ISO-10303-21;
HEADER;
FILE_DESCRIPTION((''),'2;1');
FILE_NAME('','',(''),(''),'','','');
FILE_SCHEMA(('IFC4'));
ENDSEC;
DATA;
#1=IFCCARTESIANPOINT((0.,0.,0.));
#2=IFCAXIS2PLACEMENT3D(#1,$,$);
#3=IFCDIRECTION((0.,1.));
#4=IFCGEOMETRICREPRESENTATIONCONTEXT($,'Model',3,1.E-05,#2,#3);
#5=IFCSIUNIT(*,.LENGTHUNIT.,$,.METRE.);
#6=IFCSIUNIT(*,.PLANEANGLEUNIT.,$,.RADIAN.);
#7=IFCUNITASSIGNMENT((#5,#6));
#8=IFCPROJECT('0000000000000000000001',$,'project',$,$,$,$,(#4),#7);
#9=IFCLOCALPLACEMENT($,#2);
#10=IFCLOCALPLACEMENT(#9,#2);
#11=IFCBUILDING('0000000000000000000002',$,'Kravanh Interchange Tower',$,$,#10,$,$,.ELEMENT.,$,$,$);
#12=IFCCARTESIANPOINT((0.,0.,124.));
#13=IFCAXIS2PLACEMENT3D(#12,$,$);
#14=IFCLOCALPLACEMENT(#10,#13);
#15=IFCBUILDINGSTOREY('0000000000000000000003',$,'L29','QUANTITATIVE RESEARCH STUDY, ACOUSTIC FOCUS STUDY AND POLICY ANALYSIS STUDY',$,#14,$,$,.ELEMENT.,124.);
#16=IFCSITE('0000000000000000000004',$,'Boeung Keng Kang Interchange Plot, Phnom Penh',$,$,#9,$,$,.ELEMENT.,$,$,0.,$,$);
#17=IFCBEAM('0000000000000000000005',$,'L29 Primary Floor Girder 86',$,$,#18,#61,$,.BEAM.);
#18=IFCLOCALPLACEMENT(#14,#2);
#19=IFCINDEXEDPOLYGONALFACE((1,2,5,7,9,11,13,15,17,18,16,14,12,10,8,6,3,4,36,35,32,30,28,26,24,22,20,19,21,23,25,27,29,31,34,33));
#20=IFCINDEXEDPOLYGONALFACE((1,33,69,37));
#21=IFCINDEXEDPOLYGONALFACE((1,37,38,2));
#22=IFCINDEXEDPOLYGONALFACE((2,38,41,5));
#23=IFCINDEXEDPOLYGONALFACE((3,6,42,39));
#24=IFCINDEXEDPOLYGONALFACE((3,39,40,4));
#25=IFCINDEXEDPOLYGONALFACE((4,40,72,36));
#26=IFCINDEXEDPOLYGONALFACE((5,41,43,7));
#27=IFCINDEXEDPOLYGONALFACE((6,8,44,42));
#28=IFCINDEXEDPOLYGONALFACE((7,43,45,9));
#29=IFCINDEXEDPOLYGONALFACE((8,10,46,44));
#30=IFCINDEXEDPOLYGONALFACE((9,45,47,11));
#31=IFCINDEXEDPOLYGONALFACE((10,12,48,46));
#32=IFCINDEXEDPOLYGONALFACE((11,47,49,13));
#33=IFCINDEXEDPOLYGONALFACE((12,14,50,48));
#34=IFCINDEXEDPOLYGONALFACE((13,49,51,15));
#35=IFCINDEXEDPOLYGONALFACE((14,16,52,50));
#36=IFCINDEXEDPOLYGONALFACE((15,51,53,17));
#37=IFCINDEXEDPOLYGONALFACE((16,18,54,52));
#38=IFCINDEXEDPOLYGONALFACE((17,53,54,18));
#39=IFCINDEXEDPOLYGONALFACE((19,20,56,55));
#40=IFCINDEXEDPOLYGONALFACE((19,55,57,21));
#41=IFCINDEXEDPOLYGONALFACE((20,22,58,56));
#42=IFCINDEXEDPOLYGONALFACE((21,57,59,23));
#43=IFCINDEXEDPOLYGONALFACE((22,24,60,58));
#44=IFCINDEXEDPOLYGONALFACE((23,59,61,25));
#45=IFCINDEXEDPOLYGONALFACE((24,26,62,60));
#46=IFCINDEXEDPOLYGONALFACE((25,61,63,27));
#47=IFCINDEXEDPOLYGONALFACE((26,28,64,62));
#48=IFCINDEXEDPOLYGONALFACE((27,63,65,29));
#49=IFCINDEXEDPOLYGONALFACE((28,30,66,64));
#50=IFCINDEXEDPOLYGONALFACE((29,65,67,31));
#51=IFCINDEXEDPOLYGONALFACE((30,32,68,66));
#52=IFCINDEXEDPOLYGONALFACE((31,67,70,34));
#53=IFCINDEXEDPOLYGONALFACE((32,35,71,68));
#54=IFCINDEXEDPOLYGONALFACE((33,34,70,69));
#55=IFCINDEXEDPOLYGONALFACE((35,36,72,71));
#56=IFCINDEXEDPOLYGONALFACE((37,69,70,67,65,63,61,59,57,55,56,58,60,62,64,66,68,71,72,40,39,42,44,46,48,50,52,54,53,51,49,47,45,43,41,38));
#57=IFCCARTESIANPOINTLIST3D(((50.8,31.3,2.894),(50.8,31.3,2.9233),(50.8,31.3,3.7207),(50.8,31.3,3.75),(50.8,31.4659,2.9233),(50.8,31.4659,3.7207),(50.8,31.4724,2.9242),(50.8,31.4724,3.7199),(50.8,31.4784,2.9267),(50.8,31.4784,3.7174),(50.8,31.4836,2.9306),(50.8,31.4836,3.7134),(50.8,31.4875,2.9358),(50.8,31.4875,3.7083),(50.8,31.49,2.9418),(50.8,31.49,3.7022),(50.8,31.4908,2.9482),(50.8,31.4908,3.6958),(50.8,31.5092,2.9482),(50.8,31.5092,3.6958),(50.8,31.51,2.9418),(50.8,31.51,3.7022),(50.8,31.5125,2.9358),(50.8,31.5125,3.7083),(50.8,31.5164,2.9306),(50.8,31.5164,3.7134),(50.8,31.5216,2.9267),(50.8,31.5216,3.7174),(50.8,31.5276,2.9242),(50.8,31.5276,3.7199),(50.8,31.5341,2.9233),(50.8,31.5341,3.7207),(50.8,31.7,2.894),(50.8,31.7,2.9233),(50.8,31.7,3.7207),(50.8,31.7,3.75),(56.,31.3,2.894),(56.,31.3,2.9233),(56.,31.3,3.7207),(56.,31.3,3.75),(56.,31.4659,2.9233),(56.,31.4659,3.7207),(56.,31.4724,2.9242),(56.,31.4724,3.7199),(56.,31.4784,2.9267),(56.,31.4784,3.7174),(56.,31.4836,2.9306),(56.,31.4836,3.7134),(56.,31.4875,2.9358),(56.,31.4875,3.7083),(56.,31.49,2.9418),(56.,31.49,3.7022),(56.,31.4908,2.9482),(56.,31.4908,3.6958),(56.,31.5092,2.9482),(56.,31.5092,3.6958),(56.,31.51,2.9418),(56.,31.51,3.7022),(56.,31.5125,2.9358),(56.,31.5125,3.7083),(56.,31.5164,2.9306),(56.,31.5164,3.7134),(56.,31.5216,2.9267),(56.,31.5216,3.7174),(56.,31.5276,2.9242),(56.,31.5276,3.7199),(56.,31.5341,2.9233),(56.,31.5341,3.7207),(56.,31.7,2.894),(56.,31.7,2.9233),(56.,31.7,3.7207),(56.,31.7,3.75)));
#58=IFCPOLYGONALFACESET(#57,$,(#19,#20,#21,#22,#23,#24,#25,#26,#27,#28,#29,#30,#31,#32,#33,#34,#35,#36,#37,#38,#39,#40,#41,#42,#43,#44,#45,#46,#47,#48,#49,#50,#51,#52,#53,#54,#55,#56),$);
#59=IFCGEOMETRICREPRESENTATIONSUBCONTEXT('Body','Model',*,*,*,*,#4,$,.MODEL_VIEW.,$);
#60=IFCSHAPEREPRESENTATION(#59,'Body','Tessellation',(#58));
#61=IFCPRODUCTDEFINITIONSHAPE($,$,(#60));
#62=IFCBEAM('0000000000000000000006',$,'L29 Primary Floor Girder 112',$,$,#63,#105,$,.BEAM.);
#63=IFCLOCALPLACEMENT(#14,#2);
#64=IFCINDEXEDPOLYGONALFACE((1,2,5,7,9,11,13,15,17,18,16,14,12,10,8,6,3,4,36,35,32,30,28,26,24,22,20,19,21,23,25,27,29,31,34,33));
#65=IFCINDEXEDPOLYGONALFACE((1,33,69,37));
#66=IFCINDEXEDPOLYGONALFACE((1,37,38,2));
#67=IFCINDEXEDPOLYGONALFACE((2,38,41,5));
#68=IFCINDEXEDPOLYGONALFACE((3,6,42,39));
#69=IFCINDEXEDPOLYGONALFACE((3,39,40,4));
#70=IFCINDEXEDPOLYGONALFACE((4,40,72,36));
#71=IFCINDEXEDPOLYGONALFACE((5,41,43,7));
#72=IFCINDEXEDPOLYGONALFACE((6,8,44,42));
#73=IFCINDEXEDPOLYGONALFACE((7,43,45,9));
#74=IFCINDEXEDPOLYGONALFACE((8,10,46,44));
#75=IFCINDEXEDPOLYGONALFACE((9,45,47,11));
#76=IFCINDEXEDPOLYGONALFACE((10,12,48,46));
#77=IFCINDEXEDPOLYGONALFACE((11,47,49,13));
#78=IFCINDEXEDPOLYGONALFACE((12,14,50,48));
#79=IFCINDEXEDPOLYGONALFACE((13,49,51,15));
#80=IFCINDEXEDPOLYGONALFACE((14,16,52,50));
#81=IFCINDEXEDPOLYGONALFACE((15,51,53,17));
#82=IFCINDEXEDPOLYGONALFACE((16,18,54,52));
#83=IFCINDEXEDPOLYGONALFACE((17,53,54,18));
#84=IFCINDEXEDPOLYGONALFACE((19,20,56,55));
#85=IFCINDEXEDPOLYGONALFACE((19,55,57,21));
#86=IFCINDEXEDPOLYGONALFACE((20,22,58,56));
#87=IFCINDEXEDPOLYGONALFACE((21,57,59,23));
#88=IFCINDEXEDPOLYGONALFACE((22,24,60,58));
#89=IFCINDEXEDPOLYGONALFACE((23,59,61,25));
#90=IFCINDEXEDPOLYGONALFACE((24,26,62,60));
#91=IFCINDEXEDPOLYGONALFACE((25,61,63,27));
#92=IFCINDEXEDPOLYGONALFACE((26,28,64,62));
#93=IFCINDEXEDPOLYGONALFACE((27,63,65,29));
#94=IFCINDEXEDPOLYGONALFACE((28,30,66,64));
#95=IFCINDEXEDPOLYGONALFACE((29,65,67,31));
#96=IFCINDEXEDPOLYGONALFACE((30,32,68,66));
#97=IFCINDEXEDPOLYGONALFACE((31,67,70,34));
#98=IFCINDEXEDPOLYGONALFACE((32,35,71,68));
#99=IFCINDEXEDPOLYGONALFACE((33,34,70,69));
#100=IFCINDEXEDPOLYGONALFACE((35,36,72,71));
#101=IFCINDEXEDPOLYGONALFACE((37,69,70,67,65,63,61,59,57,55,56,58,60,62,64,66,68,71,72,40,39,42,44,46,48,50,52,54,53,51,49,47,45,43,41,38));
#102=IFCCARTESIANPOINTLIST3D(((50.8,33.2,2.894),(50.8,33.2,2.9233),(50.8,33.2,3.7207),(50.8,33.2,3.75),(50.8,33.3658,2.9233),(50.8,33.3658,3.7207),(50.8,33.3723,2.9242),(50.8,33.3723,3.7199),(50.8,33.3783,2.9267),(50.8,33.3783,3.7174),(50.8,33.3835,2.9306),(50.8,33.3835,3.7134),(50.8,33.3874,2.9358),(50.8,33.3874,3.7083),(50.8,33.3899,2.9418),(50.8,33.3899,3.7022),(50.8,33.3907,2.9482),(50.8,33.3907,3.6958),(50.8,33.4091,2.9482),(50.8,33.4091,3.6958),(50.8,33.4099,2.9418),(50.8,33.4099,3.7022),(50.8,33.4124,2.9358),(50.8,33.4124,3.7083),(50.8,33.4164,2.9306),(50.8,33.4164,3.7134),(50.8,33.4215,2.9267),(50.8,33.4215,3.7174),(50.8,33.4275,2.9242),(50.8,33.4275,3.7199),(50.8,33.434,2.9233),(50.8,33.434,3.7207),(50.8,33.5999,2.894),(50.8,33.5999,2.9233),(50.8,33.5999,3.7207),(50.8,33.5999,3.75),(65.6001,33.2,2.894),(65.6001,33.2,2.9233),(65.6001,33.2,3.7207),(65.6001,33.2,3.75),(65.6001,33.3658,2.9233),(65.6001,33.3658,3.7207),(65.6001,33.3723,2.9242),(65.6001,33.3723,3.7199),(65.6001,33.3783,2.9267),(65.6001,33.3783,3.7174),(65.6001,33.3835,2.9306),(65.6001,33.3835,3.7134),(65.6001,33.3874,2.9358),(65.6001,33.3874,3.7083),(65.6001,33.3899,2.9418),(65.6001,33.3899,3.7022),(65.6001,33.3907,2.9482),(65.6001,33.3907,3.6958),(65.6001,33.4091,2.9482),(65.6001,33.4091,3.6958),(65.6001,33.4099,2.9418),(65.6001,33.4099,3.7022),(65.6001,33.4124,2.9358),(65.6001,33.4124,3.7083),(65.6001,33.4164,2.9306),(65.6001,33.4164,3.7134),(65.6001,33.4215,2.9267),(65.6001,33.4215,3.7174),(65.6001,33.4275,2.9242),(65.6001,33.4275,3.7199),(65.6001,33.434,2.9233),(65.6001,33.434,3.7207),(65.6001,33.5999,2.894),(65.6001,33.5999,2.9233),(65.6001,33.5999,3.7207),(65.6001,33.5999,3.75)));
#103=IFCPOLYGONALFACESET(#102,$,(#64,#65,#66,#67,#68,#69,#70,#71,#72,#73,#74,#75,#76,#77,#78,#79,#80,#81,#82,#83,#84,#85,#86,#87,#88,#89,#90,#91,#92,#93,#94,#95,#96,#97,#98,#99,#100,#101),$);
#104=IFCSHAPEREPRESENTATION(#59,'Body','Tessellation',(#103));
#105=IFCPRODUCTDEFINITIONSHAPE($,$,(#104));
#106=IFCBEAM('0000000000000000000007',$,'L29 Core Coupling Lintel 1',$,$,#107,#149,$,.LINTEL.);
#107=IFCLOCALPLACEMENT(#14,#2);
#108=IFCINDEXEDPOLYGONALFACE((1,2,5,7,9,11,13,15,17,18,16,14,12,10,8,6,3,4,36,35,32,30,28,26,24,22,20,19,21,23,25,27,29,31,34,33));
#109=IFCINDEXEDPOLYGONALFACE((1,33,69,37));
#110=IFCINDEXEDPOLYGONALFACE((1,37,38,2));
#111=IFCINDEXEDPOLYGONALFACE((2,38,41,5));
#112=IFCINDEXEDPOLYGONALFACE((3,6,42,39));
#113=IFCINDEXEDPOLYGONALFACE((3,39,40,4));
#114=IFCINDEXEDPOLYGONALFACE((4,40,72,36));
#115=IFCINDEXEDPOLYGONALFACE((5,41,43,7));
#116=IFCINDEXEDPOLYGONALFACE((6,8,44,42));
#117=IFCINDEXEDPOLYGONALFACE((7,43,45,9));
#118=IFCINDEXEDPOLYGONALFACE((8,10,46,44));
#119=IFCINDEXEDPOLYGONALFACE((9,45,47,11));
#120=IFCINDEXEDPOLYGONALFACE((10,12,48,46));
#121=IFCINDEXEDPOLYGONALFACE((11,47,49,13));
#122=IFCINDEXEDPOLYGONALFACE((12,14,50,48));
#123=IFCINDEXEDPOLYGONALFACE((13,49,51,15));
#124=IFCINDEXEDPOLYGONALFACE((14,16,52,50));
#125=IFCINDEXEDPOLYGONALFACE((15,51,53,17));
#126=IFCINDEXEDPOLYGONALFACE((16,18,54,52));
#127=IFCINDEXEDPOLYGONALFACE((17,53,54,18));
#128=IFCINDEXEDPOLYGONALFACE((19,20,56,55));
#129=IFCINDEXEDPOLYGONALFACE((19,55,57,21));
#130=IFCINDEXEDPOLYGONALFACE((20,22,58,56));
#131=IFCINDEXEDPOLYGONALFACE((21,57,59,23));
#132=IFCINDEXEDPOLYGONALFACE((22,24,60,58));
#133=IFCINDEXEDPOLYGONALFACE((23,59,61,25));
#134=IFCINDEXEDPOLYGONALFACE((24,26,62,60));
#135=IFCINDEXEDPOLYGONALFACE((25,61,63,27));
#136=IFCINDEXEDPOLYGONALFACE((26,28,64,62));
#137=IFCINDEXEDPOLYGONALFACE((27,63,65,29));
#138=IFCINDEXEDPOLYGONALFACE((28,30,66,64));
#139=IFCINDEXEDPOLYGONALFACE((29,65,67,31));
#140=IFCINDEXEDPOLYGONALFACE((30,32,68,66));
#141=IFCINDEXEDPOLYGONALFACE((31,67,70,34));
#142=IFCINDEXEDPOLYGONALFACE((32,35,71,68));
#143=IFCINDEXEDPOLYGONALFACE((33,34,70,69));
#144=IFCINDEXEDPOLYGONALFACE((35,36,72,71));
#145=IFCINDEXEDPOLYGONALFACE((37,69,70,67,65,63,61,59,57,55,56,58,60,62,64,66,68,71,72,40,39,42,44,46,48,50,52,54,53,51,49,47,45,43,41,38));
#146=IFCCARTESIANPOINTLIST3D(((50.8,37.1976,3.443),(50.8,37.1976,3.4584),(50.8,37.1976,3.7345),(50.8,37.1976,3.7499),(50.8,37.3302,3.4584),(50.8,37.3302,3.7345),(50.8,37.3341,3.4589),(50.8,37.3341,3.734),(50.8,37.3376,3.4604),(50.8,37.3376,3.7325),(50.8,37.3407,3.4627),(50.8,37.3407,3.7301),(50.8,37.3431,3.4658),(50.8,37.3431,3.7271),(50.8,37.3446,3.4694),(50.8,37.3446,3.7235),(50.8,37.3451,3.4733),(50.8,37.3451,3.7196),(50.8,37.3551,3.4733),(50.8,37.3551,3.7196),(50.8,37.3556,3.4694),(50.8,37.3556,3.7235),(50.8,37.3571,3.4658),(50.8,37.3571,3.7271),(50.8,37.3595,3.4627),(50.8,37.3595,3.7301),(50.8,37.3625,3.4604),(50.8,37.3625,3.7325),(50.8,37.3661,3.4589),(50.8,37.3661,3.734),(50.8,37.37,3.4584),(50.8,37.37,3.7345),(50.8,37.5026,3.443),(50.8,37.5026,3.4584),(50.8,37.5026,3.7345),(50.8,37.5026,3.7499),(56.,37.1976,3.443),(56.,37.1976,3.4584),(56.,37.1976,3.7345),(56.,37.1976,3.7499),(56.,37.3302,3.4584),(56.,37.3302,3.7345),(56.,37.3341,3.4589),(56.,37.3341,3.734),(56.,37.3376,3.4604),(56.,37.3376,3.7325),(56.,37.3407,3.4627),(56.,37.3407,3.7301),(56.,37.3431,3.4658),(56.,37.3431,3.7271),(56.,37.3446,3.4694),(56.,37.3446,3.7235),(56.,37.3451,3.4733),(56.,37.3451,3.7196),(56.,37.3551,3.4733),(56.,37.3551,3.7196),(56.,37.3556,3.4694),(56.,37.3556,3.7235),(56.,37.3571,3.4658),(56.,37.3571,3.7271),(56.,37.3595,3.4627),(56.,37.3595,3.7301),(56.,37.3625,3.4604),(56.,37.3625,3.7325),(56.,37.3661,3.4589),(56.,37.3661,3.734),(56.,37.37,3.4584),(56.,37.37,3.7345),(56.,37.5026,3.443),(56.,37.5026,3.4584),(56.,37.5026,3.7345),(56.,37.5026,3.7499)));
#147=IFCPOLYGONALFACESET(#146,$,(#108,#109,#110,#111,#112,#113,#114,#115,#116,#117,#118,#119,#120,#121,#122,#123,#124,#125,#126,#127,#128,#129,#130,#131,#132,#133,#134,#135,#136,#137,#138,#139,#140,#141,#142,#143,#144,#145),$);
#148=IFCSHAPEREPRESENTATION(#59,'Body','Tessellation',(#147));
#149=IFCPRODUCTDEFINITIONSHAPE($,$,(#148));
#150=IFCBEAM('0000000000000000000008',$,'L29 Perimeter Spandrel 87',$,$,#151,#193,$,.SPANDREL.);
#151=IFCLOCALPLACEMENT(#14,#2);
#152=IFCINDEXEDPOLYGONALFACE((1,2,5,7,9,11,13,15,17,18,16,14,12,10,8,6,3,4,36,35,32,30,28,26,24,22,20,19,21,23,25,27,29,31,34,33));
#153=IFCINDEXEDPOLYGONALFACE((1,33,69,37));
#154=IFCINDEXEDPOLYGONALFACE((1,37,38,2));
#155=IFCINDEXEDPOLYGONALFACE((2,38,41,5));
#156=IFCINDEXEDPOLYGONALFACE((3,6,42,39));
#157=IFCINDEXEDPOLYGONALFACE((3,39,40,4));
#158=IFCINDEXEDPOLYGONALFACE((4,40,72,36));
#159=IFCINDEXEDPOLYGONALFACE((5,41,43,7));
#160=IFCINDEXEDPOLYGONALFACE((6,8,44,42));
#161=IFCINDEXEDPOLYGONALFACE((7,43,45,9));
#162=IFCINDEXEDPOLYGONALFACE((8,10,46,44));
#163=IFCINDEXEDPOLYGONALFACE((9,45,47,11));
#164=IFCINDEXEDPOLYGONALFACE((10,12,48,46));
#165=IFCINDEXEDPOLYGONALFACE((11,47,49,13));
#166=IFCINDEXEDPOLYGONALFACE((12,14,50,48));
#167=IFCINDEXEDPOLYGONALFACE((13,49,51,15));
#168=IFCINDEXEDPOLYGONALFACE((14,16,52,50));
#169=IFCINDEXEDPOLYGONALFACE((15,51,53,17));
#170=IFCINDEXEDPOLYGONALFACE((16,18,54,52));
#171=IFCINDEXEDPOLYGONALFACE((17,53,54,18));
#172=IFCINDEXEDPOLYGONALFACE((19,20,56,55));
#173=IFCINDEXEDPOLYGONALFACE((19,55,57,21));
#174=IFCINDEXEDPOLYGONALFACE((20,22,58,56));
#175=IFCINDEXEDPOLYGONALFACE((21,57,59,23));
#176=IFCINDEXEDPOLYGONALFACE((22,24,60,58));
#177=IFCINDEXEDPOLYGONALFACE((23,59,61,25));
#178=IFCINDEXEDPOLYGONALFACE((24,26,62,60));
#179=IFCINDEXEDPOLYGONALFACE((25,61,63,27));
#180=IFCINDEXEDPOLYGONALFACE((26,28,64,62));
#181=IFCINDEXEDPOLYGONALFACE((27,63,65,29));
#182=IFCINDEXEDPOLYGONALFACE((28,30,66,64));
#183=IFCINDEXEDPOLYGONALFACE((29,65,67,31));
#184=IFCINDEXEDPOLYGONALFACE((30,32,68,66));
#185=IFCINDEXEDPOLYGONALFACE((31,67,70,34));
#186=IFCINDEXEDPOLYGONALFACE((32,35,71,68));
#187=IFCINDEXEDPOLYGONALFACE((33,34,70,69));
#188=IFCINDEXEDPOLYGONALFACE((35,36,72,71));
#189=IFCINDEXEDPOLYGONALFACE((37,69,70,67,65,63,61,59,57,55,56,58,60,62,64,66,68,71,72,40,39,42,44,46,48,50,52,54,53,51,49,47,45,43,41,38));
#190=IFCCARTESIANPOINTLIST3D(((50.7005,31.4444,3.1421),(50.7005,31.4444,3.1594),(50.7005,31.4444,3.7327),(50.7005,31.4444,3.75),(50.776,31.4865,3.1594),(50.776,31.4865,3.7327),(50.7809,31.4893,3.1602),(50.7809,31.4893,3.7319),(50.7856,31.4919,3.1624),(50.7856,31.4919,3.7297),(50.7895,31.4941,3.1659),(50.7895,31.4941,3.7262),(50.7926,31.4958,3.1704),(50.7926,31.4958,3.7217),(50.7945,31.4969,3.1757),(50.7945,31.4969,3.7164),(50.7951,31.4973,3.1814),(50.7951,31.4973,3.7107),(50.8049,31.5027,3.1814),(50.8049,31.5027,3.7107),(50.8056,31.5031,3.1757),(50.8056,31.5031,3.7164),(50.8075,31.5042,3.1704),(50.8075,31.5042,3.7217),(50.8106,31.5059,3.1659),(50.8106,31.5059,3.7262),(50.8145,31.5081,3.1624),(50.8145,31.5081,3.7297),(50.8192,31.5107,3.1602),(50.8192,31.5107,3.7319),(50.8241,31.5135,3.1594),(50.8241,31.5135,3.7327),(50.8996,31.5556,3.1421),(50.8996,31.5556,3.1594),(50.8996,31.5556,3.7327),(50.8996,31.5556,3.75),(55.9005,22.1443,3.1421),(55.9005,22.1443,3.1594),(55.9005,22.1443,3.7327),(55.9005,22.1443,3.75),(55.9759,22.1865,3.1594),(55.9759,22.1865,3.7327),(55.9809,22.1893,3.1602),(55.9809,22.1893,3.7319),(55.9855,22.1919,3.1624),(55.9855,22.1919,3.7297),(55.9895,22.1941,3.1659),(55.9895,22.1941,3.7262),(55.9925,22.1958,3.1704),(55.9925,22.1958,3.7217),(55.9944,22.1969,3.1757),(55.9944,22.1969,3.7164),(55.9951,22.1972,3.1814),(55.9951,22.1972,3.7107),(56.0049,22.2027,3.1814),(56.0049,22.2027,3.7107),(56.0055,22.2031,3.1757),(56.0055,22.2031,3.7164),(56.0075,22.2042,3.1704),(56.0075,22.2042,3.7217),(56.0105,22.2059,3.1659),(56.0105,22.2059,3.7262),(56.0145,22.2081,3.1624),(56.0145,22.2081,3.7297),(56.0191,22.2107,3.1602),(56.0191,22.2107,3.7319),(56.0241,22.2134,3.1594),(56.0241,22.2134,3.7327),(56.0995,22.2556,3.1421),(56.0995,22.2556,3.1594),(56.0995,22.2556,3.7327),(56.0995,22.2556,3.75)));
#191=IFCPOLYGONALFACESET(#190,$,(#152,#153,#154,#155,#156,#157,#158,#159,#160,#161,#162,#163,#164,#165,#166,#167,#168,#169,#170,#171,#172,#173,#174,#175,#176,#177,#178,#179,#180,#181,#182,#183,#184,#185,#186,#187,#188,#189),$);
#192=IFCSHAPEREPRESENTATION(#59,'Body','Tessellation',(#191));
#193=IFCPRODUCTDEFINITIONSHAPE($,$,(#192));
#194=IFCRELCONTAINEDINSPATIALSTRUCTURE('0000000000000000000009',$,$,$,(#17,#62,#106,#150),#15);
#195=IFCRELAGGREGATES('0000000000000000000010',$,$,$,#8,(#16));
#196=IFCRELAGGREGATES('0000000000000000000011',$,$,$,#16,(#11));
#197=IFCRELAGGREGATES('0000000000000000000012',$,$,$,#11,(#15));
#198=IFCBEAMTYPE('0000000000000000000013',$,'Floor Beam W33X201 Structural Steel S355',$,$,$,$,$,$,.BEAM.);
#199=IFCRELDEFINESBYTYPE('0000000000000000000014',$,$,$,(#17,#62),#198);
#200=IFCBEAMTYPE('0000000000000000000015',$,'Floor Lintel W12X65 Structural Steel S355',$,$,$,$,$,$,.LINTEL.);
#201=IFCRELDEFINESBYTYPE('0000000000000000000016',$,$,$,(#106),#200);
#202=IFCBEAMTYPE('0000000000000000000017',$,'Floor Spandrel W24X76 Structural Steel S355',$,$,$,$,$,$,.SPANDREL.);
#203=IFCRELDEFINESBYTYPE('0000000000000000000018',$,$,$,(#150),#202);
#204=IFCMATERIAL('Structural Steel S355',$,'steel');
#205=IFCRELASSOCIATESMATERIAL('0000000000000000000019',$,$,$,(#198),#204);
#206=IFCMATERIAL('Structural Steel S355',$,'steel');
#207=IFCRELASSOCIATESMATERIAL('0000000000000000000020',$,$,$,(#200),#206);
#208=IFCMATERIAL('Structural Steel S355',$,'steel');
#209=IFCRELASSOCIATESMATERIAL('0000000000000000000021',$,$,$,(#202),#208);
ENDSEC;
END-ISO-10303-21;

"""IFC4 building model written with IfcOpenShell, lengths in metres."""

from ifc_helpers import new_model, si_unit, direction, frame, origin, origin_2d, place, context, subcontext, project, spatial, i_section, extrude, material, material_profile, profile_set, type_object, element, save


model = new_model("IFC4")

# Units and contexts
model_context = context("Model", 3, precision=1e-05, world=origin(), true_north=direction((0.0, 1.0)))
body_context = subcontext(model_context, "Body", "Model", "MODEL_VIEW")
ifc_project = project(units=[si_unit("LENGTHUNIT", "METRE"), si_unit("PLANEANGLEUNIT", "RADIAN")], contexts=[model_context])

# Site, building, storey
site_placement = place(None, origin())
site = spatial("IfcSite", under=ifc_project, at=site_placement, Name="Boeung Keng Kang Interchange Plot, Phnom Penh", CompositionType="ELEMENT", RefElevation=0.0)
building_placement = place(site_placement, origin())
building = spatial("IfcBuilding", under=site, at=building_placement, Name="Kravanh Interchange Tower", CompositionType="ELEMENT")
storey_placement = place(building_placement, frame((0.0, 0.0, 124.0)))
storey = spatial("IfcBuildingStorey", under=building, at=storey_placement, Name="L29", Description="QUANTITATIVE RESEARCH STUDY, ACOUSTIC FOCUS STUDY AND POLICY ANALYSIS STUDY", CompositionType="ELEMENT", Elevation=124.0)

# Beams
ifc_material_1 = material(Name="Structural Steel S355", Category="steel")
ifc_material_profile_1 = material_profile(ifc_material_1, i_section(OverallWidth=0.3999, OverallDepth=0.856, WebThickness=0.0183, FlangeThickness=0.0293, FilletRadius=0.0249, at=origin_2d()), Name="W33X201")
ifc_profile_set_1 = profile_set([ifc_material_profile_1], Name="Structural Steel S355")
beam_type_1 = type_object("IfcBeamType", Name="Floor Beam W33X201 Structural Steel S355", PredefinedType="BEAM", material=ifc_profile_set_1)
beam_1_placement = place(storey_placement, frame((50.8, 31.5, 3.322), z_axis=(1.0, 0.0, 0.0), x_axis=(0.0, 1.0, 0.0)))
element("IfcBeam", 1, at=beam_1_placement, inside=storey, type_object=beam_type_1, Name="L29 Primary Floor Girder 86", PredefinedType="BEAM", context=body_context, shape_type="SweptSolid", body=[
    extrude(i_section(OverallWidth=0.3999, OverallDepth=0.856, WebThickness=0.0183, FlangeThickness=0.0293, FilletRadius=0.0249, at=origin_2d()), origin(), (0.0, 0.0, 1.0), 5.2),
])
beam_2_placement = place(storey_placement, frame((50.8, 33.3999, 3.322), z_axis=(1.0, 0.0, 0.0), x_axis=(0.0, 1.0, 0.0)))
element("IfcBeam", 2, at=beam_2_placement, inside=storey, type_object=beam_type_1, Name="L29 Primary Floor Girder 112", PredefinedType="BEAM", context=body_context, shape_type="SweptSolid", body=[
    extrude(i_section(OverallWidth=0.3999, OverallDepth=0.856, WebThickness=0.0183, FlangeThickness=0.0293, FilletRadius=0.0249, at=origin_2d()), origin(), (0.0, 0.0, 1.0), 14.8),
])
ifc_material_2 = material(Name="Structural Steel S355", Category="steel")
ifc_material_profile_2 = material_profile(ifc_material_2, i_section(OverallWidth=0.3049, OverallDepth=0.3069, WebThickness=0.01, FlangeThickness=0.0154, FilletRadius=0.0149, at=origin_2d()), Name="W12X65")
ifc_profile_set_2 = profile_set([ifc_material_profile_2], Name="Structural Steel S355")
beam_type_2 = type_object("IfcBeamType", Name="Floor Lintel W12X65 Structural Steel S355", PredefinedType="LINTEL", material=ifc_profile_set_2)
beam_3_placement = place(storey_placement, frame((50.8, 37.3501, 3.5964), z_axis=(1.0, 0.0, 0.0), x_axis=(0.0, 1.0, 0.0)))
element("IfcBeam", 3, at=beam_3_placement, inside=storey, type_object=beam_type_2, Name="L29 Core Coupling Lintel 1", PredefinedType="LINTEL", context=body_context, shape_type="SweptSolid", body=[
    extrude(i_section(OverallWidth=0.3049, OverallDepth=0.3069, WebThickness=0.01, FlangeThickness=0.0154, FilletRadius=0.0149, at=origin_2d()), origin(), (0.0, 0.0, 1.0), 5.2),
])
ifc_material_3 = material(Name="Structural Steel S355", Category="steel")
ifc_material_profile_3 = material_profile(ifc_material_3, i_section(OverallWidth=0.228, OverallDepth=0.6079, WebThickness=0.0112, FlangeThickness=0.0173, FilletRadius=0.022, at=origin_2d()), Name="W24X76")
ifc_profile_set_3 = profile_set([ifc_material_profile_3], Name="Structural Steel S355")
beam_type_3 = type_object("IfcBeamType", Name="Floor Spandrel W24X76 Structural Steel S355", PredefinedType="SPANDREL", material=ifc_profile_set_3)
beam_4_placement = place(storey_placement, frame((50.8, 31.5, 3.446), z_axis=(0.488026, -0.872829, 0.0), x_axis=(0.872829, 0.488026, 0.0)))
element("IfcBeam", 4, at=beam_4_placement, inside=storey, type_object=beam_type_3, Name="L29 Perimeter Spandrel 87", PredefinedType="SPANDREL", context=body_context, shape_type="SweptSolid", body=[
    extrude(i_section(OverallWidth=0.228, OverallDepth=0.6079, WebThickness=0.0112, FlangeThickness=0.0173, FilletRadius=0.022, at=origin_2d()), origin(), (0.0, 0.0, 1.0), 10.655),
])

save(model, "model.ifc")
